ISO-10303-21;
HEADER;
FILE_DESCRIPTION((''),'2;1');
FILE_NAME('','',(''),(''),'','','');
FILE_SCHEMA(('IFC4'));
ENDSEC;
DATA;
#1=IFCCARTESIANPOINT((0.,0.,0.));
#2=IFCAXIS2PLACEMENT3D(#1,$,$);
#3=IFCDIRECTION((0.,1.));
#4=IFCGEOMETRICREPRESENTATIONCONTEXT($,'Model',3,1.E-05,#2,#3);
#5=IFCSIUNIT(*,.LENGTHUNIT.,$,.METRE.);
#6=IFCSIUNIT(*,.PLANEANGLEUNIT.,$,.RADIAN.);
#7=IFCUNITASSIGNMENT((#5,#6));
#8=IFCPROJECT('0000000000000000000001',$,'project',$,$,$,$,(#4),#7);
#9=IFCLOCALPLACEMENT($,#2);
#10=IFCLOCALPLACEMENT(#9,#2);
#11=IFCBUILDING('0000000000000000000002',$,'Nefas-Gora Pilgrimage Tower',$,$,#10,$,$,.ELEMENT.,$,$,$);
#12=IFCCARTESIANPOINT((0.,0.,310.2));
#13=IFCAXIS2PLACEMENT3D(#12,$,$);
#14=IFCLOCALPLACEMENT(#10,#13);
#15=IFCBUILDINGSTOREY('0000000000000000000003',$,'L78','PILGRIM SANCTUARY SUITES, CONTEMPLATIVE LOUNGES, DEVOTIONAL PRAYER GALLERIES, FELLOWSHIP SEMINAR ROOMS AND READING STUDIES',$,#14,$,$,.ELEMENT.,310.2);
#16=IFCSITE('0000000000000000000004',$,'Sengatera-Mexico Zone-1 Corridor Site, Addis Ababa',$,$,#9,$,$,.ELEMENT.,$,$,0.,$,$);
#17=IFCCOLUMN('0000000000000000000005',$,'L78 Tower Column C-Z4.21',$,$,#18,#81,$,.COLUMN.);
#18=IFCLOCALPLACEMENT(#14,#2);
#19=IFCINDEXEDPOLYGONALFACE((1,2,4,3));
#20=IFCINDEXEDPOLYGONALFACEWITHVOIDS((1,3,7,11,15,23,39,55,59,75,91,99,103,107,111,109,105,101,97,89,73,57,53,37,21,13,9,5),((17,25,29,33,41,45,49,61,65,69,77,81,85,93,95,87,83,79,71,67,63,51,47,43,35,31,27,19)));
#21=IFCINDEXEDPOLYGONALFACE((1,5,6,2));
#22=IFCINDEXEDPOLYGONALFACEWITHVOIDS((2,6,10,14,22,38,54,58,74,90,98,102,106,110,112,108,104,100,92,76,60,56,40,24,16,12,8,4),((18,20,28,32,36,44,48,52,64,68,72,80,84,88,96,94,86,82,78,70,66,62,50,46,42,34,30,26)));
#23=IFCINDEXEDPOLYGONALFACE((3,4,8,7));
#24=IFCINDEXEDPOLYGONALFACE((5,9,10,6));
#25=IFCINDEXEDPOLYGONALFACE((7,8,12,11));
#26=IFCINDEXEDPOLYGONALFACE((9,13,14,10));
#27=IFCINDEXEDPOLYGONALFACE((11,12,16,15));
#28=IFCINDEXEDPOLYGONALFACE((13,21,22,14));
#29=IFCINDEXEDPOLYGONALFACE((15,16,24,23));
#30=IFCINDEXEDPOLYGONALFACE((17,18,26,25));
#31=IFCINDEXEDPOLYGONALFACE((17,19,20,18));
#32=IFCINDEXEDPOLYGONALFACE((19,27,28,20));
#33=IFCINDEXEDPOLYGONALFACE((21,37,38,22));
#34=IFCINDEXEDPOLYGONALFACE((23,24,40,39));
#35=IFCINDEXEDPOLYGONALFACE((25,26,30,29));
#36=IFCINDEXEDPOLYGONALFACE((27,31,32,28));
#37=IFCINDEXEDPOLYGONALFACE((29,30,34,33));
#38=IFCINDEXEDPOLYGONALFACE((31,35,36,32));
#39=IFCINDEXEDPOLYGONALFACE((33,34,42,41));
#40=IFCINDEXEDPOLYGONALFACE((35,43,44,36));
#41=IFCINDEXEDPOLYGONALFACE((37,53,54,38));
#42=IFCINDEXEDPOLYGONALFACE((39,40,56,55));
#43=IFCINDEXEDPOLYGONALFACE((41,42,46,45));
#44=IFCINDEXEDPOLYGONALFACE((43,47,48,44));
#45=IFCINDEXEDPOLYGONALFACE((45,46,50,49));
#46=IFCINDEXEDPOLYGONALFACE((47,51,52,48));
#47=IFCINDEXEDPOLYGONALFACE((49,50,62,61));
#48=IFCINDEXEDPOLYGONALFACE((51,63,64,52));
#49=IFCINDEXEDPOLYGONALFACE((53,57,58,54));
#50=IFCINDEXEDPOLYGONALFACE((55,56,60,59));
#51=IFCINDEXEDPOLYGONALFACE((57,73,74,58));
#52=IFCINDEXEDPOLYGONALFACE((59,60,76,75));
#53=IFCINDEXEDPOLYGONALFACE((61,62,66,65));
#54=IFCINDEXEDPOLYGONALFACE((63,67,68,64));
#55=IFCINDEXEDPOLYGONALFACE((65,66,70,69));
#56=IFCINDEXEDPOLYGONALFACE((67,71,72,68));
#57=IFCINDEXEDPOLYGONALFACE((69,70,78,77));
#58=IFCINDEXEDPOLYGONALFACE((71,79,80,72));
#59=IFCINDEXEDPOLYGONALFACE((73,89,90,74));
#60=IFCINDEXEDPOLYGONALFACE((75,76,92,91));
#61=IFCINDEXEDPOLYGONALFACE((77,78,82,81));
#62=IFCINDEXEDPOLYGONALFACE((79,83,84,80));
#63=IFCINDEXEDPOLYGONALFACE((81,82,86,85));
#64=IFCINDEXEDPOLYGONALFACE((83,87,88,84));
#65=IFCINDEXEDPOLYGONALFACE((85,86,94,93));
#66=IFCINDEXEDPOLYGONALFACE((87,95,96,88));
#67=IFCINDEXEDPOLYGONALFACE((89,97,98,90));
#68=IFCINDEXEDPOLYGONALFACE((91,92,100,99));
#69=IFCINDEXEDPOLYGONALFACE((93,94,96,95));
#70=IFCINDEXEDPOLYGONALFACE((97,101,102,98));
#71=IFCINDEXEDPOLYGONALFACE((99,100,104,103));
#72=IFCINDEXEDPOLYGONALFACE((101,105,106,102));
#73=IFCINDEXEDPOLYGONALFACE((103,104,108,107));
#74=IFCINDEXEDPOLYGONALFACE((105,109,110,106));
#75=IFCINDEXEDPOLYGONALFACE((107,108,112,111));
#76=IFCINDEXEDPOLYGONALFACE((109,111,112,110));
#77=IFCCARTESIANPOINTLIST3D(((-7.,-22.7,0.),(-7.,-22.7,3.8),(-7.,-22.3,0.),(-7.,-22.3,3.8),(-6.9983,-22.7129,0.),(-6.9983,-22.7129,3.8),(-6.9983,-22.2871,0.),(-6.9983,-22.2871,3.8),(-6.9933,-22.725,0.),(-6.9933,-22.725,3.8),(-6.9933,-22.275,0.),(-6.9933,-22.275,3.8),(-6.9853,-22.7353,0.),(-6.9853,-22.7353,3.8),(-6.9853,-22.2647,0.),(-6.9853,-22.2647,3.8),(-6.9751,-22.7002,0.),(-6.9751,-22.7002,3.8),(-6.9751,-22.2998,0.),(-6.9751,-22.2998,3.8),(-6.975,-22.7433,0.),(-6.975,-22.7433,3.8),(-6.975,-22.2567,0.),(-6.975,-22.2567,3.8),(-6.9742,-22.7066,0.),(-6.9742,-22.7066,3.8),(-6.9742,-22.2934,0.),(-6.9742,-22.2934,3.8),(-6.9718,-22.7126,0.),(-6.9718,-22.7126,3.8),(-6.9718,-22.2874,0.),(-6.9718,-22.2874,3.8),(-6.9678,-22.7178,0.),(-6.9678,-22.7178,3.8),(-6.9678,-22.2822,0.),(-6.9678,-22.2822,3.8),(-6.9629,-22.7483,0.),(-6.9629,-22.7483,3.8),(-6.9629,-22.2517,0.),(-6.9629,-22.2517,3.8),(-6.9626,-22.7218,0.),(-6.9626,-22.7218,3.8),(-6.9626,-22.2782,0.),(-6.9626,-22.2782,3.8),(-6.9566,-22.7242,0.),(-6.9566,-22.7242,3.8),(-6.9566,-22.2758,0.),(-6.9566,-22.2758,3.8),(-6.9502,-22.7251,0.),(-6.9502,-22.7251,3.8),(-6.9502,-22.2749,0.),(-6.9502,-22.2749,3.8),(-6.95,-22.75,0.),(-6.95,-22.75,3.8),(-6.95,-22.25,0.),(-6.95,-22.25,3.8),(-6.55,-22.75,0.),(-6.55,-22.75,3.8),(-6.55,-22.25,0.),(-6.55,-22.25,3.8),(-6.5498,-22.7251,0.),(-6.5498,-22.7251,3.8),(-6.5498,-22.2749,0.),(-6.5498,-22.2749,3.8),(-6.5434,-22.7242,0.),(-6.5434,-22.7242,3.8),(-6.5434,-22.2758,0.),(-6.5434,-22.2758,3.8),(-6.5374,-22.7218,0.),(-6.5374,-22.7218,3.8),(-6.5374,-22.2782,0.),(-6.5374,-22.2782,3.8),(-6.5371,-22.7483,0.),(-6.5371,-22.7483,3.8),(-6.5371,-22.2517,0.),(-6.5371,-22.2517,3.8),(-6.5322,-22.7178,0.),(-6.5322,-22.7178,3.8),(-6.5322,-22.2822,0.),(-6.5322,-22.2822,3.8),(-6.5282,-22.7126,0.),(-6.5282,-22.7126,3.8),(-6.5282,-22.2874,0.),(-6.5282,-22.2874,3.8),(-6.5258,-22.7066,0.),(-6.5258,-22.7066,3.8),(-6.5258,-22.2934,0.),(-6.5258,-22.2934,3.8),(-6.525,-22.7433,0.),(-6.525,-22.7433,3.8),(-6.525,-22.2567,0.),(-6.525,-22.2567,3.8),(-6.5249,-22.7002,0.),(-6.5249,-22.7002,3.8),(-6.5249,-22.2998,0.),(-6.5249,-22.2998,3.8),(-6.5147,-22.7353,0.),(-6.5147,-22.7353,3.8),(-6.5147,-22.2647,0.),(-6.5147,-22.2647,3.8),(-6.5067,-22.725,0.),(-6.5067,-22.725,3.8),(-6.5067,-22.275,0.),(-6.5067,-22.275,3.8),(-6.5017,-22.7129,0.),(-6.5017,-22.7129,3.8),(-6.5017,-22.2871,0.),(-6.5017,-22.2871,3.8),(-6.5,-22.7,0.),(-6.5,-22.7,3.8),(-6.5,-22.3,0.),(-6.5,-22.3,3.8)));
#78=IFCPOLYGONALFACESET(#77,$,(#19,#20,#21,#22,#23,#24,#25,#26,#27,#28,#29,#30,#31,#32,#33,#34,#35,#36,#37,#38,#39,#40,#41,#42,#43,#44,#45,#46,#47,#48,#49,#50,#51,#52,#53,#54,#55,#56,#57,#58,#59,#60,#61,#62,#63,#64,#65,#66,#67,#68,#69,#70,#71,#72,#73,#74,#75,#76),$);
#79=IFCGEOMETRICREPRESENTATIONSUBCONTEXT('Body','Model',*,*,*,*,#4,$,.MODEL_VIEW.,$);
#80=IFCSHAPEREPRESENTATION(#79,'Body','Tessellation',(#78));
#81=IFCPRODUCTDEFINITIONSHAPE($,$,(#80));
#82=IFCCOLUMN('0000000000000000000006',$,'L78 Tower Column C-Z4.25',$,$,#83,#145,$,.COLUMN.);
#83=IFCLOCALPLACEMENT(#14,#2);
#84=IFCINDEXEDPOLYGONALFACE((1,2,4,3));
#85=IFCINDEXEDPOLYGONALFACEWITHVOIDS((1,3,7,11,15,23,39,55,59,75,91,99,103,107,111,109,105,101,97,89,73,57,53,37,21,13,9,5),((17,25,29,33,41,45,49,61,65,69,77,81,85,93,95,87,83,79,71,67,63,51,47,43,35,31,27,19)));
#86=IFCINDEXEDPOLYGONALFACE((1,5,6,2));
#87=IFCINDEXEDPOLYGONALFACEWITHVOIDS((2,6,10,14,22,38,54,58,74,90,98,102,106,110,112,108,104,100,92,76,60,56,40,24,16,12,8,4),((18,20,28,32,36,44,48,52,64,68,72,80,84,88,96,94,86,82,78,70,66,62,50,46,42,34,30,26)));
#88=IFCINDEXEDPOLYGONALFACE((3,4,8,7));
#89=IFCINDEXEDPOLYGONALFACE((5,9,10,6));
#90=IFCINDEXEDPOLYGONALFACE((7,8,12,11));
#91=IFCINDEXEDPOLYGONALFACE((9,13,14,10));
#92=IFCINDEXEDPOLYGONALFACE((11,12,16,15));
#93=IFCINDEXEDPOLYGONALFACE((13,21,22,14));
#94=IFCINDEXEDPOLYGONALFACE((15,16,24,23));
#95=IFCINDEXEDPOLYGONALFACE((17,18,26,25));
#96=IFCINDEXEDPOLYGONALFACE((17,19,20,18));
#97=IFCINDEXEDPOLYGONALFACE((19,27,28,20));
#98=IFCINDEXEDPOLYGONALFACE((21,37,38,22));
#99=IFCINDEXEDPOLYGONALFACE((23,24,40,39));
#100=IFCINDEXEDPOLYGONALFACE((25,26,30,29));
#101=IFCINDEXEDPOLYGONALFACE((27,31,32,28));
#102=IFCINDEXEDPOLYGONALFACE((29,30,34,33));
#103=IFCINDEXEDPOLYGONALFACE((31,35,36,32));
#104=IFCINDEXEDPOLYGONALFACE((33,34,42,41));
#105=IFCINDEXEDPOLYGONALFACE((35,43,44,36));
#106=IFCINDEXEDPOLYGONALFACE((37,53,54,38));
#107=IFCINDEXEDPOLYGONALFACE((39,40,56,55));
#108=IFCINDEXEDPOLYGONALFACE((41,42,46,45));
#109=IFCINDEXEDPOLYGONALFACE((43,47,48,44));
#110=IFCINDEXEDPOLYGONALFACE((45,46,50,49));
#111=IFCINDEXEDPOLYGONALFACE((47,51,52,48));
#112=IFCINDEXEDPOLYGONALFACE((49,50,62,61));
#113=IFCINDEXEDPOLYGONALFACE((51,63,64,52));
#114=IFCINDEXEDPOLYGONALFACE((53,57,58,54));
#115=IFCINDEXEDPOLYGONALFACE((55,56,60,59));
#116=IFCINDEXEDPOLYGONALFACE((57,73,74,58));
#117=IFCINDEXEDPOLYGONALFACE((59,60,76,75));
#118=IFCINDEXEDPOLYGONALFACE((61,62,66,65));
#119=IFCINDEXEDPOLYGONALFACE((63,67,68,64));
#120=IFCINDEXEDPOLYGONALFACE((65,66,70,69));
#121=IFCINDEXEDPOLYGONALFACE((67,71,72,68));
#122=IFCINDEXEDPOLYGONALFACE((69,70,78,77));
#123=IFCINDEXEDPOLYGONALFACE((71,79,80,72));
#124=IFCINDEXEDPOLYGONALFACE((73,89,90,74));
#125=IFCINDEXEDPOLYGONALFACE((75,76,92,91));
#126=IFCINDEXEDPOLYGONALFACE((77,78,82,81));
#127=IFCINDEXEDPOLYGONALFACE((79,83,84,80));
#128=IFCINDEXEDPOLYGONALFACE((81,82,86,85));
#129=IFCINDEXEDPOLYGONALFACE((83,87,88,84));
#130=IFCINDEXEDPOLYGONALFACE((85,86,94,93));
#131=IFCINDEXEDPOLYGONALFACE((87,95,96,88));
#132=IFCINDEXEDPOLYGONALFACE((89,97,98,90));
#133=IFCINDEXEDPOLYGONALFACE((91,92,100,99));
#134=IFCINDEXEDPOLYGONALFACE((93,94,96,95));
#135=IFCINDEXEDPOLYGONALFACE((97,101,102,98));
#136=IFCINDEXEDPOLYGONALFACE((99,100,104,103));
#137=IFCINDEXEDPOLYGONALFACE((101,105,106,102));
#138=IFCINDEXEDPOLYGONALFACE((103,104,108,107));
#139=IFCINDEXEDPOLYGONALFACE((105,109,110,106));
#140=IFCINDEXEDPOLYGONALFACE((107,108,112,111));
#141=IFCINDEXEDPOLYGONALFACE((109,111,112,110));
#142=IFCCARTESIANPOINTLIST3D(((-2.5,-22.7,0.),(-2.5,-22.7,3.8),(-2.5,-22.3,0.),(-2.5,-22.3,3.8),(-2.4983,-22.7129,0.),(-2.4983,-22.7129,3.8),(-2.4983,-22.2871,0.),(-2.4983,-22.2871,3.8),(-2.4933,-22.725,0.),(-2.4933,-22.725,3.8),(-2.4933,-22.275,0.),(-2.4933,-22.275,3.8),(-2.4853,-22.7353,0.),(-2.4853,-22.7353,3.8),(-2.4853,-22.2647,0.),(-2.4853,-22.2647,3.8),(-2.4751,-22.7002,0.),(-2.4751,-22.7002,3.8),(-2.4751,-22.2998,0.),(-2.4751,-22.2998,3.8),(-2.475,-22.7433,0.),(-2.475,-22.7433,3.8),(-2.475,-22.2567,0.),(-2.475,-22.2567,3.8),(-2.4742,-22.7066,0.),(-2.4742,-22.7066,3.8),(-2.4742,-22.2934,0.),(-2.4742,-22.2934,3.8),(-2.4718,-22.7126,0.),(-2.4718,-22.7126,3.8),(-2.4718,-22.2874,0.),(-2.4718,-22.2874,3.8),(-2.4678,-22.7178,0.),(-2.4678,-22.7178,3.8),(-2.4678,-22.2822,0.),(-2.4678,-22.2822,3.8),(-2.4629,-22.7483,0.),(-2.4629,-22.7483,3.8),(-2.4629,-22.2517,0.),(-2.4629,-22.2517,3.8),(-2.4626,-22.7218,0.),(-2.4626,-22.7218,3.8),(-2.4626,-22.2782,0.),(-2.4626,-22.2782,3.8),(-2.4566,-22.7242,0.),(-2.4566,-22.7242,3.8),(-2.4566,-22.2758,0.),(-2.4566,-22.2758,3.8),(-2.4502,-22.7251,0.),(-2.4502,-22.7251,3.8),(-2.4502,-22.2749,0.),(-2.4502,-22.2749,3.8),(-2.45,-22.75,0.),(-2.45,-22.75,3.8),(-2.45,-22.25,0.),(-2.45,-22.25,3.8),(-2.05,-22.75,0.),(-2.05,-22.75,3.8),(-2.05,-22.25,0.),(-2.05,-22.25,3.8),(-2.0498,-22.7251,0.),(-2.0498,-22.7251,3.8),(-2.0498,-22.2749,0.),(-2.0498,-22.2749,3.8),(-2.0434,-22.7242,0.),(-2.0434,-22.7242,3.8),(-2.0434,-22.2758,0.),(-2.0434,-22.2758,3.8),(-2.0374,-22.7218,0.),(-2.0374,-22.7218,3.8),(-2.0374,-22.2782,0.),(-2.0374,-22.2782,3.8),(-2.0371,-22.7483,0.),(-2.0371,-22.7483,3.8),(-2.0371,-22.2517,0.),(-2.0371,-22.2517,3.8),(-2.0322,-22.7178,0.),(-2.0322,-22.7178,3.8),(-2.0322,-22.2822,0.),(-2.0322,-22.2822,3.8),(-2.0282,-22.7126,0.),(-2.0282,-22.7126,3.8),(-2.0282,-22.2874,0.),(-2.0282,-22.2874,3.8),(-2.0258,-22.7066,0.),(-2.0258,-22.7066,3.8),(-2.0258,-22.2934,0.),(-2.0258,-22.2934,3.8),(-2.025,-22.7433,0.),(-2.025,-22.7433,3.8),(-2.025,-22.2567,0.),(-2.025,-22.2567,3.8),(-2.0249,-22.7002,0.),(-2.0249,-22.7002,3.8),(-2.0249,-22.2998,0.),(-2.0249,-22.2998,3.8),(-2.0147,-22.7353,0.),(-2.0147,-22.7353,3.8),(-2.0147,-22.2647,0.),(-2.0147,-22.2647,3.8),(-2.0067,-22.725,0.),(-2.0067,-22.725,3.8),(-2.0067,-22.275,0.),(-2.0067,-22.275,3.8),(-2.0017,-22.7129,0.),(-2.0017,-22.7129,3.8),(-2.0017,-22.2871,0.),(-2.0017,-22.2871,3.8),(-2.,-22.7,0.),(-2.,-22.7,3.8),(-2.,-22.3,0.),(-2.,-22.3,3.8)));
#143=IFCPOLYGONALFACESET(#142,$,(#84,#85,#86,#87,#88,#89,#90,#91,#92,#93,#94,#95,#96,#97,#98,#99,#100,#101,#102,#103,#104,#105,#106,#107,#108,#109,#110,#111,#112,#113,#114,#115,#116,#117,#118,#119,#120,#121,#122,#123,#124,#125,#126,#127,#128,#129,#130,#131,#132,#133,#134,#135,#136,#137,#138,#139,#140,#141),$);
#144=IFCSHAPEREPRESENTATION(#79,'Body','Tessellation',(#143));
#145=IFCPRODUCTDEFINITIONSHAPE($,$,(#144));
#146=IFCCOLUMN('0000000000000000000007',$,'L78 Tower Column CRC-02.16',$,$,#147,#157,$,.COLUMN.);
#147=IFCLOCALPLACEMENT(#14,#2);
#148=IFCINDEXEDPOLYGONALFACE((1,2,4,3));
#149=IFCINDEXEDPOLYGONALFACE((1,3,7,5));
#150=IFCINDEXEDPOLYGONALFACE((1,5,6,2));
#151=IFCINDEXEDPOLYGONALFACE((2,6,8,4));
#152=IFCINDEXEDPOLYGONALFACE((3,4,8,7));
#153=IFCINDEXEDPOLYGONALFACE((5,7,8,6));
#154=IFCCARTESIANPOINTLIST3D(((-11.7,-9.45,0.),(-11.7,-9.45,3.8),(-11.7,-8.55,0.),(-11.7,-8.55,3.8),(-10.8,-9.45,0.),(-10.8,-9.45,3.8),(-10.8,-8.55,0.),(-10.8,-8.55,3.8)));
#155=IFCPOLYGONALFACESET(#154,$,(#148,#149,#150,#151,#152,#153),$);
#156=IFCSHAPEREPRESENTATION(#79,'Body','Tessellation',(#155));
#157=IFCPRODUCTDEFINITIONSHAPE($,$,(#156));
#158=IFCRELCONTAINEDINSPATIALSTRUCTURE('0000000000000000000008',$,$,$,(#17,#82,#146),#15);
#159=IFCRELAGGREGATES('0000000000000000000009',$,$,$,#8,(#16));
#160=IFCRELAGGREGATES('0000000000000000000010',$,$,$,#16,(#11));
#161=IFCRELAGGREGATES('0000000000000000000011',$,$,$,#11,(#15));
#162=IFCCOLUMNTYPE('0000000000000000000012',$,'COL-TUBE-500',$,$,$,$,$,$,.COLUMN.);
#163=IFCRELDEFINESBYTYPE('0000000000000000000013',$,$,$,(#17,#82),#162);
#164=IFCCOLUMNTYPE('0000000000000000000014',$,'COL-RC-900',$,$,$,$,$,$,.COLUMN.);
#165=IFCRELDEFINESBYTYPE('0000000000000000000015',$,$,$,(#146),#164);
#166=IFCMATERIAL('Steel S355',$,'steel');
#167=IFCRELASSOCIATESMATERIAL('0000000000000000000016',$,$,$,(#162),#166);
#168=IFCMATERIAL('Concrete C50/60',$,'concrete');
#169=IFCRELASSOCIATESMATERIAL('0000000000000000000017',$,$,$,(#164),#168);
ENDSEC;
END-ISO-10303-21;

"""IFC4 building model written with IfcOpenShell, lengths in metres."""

from ifc_helpers import new_model, si_unit, direction, frame, origin, origin_2d, place, context, subcontext, project, spatial, rectangle, hollow_rectangle, extrude, source, transform, mapped, material, material_profile, profile_set, type_object, element, save


model = new_model("IFC4")

# Units and contexts
model_context = context("Model", 3, precision=1e-05, world=origin(), true_north=direction((0.0, 1.0)))
body_context = subcontext(model_context, "Body", "Model", "MODEL_VIEW")
ifc_project = project(units=[si_unit("LENGTHUNIT", "METRE"), si_unit("PLANEANGLEUNIT", "RADIAN")], contexts=[model_context])

# Site, building, storey
site_placement = place(None, origin())
site = spatial("IfcSite", under=ifc_project, at=site_placement, Name="Sengatera-Mexico Zone-1 Corridor Site, Addis Ababa", CompositionType="ELEMENT", RefElevation=0.0)
building_placement = place(site_placement, origin())
building = spatial("IfcBuilding", under=site, at=building_placement, Name="Nefas-Gora Pilgrimage Tower", CompositionType="ELEMENT")
storey_placement = place(building_placement, frame((0.0, 0.0, 310.2)))
storey = spatial("IfcBuildingStorey", under=building, at=storey_placement, Name="L78", Description="PILGRIM SANCTUARY SUITES, CONTEMPLATIVE LOUNGES, DEVOTIONAL PRAYER GALLERIES, FELLOWSHIP SEMINAR ROOMS AND READING STUDIES", CompositionType="ELEMENT", Elevation=310.2)

# Columns
ifc_material_1 = material(Name="Steel S355", Category="steel")
ifc_material_profile_1 = material_profile(ifc_material_1, hollow_rectangle(XDim=0.5, YDim=0.5, WallThickness=0.0249, InnerFilletRadius=0.0249, OuterFilletRadius=0.05, at=origin_2d()), Name="SHS 500x500x25")
ifc_profile_set_1 = profile_set([ifc_material_profile_1], Name="Steel S355")
column_type_1 = type_object("IfcColumnType", Name="COL-TUBE-500", PredefinedType="COLUMN", material=ifc_profile_set_1)
shared_shape_1 = source(origin(), body_context, "Body", "SweptSolid", [
    extrude(hollow_rectangle(XDim=0.5, YDim=0.5, WallThickness=0.0249, InnerFilletRadius=0.0249, OuterFilletRadius=0.05, at=origin_2d()), origin(), (0.0, 0.0, 1.0), 3.8),
])
for number, where, z_axis, x_axis, name in (
    (1, (-6.75, -22.5, 0.0), (0.0, 0.0, 1.0), (1.0, 0.0, 0.0), "L78 Tower Column C-Z4.21"),
    (2, (-2.25, -22.5, 0.0), (0.0, 0.0, 1.0), (1.0, 0.0, 0.0), "L78 Tower Column C-Z4.25"),
):
    element("IfcColumn", number, at=place(storey_placement, frame(where, z_axis=z_axis, x_axis=x_axis)), inside=storey, type_object=column_type_1, Name=name, PredefinedType="COLUMN", context=body_context, shape_type="MappedRepresentation", body=[
        mapped(shared_shape_1, transform((0.0, 0.0, 0.0), x_axis=(1.0, 0.0, 0.0), y_axis=(0.0, 1.0, 0.0), z_axis=(0.0, 0.0, 1.0), scale=1.0)),
    ])
ifc_material_2 = material(Name="Concrete C50/60", Category="concrete")
ifc_material_profile_2 = material_profile(ifc_material_2, rectangle(XDim=0.8999, YDim=0.8999, at=origin_2d()), Name="RC 900x900")
ifc_profile_set_2 = profile_set([ifc_material_profile_2], Name="Concrete C50/60")
column_type_2 = type_object("IfcColumnType", Name="COL-RC-900", PredefinedType="COLUMN", material=ifc_profile_set_2)
shared_shape_2 = source(origin(), body_context, "Body", "SweptSolid", [
    extrude(rectangle(XDim=0.8999, YDim=0.8999, at=origin_2d()), origin(), (0.0, 0.0, 1.0), 3.8),
])
column_placement = place(storey_placement, frame((-11.25, -9.0, 0.0), z_axis=(0.0, 0.0, 1.0), x_axis=(1.0, 0.0, 0.0)))
element("IfcColumn", 3, at=column_placement, inside=storey, type_object=column_type_2, Name="L78 Tower Column CRC-02.16", PredefinedType="COLUMN", context=body_context, shape_type="MappedRepresentation", body=[
    mapped(shared_shape_2, transform((0.0, 0.0, 0.0), x_axis=(1.0, 0.0, 0.0), y_axis=(0.0, 1.0, 0.0), z_axis=(0.0, 0.0, 1.0), scale=1.0)),
])

save(model, "model.ifc")
